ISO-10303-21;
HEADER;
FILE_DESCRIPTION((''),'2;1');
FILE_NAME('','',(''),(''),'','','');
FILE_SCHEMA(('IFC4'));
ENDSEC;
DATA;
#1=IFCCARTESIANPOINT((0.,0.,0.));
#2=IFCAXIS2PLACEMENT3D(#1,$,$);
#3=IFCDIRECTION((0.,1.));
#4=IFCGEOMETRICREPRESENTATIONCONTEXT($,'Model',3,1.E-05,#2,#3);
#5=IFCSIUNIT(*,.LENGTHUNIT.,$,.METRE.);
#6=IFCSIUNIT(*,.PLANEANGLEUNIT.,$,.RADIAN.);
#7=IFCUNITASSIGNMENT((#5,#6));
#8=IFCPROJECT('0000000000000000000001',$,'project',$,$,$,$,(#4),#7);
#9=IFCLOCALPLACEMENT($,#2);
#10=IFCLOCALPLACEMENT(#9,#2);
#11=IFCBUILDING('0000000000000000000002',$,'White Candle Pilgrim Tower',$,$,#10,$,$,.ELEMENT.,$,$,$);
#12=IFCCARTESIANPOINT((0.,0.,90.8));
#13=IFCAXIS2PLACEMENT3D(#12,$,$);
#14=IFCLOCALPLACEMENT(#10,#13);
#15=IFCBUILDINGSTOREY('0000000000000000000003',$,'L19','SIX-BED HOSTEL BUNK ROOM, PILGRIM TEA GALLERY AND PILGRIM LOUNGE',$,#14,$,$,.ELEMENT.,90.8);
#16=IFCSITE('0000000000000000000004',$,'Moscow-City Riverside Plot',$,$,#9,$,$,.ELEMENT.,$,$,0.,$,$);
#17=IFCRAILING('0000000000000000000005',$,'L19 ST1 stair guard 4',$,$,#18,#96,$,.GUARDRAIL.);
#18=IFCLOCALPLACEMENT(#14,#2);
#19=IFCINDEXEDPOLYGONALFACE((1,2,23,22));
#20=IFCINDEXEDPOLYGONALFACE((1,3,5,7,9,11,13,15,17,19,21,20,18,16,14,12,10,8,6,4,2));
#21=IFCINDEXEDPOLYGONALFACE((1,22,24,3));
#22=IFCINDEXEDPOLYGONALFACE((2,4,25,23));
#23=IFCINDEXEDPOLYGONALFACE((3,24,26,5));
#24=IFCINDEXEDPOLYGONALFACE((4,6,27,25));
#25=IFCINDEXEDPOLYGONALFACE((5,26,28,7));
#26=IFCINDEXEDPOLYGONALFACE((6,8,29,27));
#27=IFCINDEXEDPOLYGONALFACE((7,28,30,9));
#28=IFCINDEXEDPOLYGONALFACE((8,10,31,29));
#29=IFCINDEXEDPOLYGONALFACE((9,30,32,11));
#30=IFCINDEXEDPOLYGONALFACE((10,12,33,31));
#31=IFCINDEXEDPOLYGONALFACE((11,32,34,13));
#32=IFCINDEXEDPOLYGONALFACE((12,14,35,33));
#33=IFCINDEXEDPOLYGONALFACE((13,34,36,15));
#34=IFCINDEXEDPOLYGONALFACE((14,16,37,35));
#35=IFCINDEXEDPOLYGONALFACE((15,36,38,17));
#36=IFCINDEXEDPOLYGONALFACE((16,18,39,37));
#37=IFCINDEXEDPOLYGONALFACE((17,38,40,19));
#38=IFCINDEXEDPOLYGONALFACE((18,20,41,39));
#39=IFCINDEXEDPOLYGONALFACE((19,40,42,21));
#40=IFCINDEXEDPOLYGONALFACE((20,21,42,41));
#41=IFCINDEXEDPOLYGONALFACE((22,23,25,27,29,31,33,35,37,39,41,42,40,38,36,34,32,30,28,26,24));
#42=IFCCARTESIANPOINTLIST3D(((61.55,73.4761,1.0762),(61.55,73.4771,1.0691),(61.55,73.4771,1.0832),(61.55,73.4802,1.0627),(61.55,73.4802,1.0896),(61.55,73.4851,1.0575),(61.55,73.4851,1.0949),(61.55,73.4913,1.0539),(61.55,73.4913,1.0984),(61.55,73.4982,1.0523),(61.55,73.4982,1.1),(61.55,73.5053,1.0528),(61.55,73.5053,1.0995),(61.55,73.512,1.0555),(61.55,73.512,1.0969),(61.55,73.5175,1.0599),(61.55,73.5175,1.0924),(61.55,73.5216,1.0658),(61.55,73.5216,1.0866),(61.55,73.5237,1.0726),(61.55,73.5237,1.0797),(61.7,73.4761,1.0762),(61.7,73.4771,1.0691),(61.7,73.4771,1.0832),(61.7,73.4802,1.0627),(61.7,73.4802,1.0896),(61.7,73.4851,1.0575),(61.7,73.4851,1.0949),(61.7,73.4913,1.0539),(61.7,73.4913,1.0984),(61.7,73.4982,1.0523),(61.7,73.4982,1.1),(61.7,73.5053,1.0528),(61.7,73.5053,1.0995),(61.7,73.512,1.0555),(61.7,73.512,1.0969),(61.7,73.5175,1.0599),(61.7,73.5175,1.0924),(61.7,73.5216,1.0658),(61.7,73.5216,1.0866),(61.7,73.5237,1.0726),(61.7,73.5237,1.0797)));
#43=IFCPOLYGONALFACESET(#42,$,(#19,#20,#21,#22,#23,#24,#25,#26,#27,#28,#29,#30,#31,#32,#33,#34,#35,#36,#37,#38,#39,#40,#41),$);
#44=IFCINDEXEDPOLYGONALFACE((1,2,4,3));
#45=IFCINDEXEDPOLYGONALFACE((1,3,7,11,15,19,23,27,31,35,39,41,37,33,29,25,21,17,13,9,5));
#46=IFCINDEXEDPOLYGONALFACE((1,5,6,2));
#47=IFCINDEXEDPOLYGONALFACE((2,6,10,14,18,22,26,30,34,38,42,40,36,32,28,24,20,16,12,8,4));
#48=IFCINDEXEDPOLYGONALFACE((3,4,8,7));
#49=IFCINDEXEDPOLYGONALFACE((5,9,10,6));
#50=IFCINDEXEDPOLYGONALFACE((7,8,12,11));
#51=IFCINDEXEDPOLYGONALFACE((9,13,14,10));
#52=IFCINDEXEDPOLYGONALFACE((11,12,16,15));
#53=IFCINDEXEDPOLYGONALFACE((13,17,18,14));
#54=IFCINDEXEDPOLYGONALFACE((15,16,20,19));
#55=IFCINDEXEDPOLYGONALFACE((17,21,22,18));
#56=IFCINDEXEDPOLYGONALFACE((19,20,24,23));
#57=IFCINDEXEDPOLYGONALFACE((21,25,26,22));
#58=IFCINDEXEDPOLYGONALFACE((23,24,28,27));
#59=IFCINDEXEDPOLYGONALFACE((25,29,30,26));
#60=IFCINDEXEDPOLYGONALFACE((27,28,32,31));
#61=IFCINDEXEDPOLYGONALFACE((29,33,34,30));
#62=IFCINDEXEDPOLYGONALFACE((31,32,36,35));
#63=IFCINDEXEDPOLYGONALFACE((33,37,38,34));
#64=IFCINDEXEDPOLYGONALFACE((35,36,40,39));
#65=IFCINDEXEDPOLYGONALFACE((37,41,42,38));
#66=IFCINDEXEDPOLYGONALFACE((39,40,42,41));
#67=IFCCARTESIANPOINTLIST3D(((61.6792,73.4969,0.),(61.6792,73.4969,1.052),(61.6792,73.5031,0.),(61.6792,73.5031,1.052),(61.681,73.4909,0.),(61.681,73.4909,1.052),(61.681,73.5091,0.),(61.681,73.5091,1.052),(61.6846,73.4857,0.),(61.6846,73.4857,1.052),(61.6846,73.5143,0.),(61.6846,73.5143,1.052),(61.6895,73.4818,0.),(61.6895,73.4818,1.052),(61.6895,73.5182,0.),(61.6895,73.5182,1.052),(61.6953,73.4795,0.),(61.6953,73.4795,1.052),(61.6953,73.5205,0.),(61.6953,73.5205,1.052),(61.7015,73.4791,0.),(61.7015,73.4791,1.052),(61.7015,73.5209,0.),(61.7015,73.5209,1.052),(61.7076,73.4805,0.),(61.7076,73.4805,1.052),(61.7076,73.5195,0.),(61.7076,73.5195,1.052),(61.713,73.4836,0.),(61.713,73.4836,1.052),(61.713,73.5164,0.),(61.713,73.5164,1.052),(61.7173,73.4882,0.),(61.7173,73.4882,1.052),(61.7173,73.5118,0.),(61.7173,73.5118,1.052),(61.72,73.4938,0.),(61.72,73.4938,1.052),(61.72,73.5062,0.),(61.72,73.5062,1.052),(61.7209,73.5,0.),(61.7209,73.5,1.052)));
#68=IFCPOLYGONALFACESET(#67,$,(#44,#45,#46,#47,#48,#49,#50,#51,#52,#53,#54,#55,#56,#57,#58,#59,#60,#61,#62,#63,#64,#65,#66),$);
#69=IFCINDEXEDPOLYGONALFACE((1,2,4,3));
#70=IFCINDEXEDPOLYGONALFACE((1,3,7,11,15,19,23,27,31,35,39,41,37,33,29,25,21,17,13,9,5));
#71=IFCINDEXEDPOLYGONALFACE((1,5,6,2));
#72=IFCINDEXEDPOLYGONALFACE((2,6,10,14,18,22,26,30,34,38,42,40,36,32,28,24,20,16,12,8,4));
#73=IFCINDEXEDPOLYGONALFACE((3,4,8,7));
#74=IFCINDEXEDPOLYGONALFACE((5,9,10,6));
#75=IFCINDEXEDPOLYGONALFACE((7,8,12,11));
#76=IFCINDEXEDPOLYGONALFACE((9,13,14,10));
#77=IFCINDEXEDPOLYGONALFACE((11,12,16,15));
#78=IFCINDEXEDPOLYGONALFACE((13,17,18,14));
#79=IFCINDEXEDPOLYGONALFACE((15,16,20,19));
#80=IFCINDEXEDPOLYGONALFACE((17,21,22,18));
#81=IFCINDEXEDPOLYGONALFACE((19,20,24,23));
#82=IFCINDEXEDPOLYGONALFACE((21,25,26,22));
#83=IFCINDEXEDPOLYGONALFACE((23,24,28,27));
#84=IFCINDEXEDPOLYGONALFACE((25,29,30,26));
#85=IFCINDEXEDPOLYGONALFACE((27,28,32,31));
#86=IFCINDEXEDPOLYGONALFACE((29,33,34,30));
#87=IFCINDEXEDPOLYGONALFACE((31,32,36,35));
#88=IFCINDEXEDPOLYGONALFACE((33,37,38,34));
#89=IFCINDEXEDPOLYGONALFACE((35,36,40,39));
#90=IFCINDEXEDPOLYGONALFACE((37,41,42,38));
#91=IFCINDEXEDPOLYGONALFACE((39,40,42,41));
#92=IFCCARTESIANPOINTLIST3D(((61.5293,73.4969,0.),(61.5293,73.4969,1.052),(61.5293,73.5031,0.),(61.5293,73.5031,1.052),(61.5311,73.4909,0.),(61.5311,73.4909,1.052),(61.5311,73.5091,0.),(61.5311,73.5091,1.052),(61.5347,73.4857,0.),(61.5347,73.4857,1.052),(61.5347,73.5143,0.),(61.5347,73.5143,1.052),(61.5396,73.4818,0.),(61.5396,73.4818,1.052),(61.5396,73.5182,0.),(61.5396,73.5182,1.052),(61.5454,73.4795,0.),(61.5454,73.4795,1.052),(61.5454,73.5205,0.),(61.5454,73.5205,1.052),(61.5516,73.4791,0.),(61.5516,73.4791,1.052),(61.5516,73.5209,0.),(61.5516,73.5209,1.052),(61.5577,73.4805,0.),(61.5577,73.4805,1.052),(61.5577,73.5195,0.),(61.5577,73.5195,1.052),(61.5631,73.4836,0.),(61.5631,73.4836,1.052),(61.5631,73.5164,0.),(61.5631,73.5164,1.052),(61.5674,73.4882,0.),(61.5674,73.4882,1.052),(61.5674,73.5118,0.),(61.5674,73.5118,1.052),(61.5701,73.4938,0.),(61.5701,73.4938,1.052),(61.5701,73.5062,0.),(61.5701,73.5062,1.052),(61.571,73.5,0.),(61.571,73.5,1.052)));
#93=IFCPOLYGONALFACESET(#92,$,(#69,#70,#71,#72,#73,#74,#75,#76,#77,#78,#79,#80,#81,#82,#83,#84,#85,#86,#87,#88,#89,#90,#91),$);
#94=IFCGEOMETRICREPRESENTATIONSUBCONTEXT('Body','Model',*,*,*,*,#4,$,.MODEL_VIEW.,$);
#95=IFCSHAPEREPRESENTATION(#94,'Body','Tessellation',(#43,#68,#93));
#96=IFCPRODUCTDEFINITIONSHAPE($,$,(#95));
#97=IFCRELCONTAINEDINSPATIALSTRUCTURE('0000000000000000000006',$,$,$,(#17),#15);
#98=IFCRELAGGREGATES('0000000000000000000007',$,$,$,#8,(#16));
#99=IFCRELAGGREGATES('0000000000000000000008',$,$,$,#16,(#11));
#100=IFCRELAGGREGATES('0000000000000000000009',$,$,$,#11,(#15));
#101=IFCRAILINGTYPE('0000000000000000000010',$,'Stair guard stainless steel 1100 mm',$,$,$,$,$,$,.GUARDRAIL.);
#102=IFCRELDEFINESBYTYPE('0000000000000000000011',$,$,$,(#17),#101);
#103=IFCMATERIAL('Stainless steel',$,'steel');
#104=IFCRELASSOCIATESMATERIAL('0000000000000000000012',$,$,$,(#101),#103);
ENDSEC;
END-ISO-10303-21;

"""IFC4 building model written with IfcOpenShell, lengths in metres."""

from ifc_helpers import new_model, si_unit, direction, frame, origin, origin_2d, place, context, subcontext, project, spatial, circle, extrude, material, type_object, element, save


model = new_model("IFC4")

# Units and contexts
model_context = context("Model", 3, precision=1e-05, world=origin(), true_north=direction((0.0, 1.0)))
body_context = subcontext(model_context, "Body", "Model", "MODEL_VIEW")
ifc_project = project(units=[si_unit("LENGTHUNIT", "METRE"), si_unit("PLANEANGLEUNIT", "RADIAN")], contexts=[model_context])

# Site, building, storey
site_placement = place(None, origin())
site = spatial("IfcSite", under=ifc_project, at=site_placement, Name="Moscow-City Riverside Plot", CompositionType="ELEMENT", RefElevation=0.0)
building_placement = place(site_placement, origin())
building = spatial("IfcBuilding", under=site, at=building_placement, Name="White Candle Pilgrim Tower", CompositionType="ELEMENT")
storey_placement = place(building_placement, frame((0.0, 0.0, 90.8)))
storey = spatial("IfcBuildingStorey", under=building, at=storey_placement, Name="L19", Description="SIX-BED HOSTEL BUNK ROOM, PILGRIM TEA GALLERY AND PILGRIM LOUNGE", CompositionType="ELEMENT", Elevation=90.8)

# Railing
ifc_material_1 = material(Name="Stainless steel", Category="steel")
railing_type_1 = type_object("IfcRailingType", Name="Stair guard stainless steel 1100 mm", PredefinedType="GUARDRAIL", material=ifc_material_1)
railing_1_placement = place(storey_placement, frame((61.7, 73.5, 0.0)))
element("IfcRailing", 1, at=railing_1_placement, inside=storey, type_object=railing_type_1, Name="L19 ST1 stair guard 4", PredefinedType="GUARDRAIL", context=body_context, shape_type="SweptSolid", body=[
    extrude(circle(Radius=0.0239, at=origin_2d()), frame((0.0, 0.0, 1.0762), z_axis=(-1.0, 0.0, 0.0), x_axis=(0.0, -1.0, 0.0)), (0.0, 0.0, 1.0), 0.1499),
    extrude(circle(Radius=0.021, at=origin_2d()), origin(), (0.0, 0.0, 1.0), 1.052),
    extrude(circle(Radius=0.021, at=origin_2d()), frame((-0.1499, 0.0, 0.0)), (0.0, 0.0, 1.0), 1.052),
])

save(model, "model.ifc")
